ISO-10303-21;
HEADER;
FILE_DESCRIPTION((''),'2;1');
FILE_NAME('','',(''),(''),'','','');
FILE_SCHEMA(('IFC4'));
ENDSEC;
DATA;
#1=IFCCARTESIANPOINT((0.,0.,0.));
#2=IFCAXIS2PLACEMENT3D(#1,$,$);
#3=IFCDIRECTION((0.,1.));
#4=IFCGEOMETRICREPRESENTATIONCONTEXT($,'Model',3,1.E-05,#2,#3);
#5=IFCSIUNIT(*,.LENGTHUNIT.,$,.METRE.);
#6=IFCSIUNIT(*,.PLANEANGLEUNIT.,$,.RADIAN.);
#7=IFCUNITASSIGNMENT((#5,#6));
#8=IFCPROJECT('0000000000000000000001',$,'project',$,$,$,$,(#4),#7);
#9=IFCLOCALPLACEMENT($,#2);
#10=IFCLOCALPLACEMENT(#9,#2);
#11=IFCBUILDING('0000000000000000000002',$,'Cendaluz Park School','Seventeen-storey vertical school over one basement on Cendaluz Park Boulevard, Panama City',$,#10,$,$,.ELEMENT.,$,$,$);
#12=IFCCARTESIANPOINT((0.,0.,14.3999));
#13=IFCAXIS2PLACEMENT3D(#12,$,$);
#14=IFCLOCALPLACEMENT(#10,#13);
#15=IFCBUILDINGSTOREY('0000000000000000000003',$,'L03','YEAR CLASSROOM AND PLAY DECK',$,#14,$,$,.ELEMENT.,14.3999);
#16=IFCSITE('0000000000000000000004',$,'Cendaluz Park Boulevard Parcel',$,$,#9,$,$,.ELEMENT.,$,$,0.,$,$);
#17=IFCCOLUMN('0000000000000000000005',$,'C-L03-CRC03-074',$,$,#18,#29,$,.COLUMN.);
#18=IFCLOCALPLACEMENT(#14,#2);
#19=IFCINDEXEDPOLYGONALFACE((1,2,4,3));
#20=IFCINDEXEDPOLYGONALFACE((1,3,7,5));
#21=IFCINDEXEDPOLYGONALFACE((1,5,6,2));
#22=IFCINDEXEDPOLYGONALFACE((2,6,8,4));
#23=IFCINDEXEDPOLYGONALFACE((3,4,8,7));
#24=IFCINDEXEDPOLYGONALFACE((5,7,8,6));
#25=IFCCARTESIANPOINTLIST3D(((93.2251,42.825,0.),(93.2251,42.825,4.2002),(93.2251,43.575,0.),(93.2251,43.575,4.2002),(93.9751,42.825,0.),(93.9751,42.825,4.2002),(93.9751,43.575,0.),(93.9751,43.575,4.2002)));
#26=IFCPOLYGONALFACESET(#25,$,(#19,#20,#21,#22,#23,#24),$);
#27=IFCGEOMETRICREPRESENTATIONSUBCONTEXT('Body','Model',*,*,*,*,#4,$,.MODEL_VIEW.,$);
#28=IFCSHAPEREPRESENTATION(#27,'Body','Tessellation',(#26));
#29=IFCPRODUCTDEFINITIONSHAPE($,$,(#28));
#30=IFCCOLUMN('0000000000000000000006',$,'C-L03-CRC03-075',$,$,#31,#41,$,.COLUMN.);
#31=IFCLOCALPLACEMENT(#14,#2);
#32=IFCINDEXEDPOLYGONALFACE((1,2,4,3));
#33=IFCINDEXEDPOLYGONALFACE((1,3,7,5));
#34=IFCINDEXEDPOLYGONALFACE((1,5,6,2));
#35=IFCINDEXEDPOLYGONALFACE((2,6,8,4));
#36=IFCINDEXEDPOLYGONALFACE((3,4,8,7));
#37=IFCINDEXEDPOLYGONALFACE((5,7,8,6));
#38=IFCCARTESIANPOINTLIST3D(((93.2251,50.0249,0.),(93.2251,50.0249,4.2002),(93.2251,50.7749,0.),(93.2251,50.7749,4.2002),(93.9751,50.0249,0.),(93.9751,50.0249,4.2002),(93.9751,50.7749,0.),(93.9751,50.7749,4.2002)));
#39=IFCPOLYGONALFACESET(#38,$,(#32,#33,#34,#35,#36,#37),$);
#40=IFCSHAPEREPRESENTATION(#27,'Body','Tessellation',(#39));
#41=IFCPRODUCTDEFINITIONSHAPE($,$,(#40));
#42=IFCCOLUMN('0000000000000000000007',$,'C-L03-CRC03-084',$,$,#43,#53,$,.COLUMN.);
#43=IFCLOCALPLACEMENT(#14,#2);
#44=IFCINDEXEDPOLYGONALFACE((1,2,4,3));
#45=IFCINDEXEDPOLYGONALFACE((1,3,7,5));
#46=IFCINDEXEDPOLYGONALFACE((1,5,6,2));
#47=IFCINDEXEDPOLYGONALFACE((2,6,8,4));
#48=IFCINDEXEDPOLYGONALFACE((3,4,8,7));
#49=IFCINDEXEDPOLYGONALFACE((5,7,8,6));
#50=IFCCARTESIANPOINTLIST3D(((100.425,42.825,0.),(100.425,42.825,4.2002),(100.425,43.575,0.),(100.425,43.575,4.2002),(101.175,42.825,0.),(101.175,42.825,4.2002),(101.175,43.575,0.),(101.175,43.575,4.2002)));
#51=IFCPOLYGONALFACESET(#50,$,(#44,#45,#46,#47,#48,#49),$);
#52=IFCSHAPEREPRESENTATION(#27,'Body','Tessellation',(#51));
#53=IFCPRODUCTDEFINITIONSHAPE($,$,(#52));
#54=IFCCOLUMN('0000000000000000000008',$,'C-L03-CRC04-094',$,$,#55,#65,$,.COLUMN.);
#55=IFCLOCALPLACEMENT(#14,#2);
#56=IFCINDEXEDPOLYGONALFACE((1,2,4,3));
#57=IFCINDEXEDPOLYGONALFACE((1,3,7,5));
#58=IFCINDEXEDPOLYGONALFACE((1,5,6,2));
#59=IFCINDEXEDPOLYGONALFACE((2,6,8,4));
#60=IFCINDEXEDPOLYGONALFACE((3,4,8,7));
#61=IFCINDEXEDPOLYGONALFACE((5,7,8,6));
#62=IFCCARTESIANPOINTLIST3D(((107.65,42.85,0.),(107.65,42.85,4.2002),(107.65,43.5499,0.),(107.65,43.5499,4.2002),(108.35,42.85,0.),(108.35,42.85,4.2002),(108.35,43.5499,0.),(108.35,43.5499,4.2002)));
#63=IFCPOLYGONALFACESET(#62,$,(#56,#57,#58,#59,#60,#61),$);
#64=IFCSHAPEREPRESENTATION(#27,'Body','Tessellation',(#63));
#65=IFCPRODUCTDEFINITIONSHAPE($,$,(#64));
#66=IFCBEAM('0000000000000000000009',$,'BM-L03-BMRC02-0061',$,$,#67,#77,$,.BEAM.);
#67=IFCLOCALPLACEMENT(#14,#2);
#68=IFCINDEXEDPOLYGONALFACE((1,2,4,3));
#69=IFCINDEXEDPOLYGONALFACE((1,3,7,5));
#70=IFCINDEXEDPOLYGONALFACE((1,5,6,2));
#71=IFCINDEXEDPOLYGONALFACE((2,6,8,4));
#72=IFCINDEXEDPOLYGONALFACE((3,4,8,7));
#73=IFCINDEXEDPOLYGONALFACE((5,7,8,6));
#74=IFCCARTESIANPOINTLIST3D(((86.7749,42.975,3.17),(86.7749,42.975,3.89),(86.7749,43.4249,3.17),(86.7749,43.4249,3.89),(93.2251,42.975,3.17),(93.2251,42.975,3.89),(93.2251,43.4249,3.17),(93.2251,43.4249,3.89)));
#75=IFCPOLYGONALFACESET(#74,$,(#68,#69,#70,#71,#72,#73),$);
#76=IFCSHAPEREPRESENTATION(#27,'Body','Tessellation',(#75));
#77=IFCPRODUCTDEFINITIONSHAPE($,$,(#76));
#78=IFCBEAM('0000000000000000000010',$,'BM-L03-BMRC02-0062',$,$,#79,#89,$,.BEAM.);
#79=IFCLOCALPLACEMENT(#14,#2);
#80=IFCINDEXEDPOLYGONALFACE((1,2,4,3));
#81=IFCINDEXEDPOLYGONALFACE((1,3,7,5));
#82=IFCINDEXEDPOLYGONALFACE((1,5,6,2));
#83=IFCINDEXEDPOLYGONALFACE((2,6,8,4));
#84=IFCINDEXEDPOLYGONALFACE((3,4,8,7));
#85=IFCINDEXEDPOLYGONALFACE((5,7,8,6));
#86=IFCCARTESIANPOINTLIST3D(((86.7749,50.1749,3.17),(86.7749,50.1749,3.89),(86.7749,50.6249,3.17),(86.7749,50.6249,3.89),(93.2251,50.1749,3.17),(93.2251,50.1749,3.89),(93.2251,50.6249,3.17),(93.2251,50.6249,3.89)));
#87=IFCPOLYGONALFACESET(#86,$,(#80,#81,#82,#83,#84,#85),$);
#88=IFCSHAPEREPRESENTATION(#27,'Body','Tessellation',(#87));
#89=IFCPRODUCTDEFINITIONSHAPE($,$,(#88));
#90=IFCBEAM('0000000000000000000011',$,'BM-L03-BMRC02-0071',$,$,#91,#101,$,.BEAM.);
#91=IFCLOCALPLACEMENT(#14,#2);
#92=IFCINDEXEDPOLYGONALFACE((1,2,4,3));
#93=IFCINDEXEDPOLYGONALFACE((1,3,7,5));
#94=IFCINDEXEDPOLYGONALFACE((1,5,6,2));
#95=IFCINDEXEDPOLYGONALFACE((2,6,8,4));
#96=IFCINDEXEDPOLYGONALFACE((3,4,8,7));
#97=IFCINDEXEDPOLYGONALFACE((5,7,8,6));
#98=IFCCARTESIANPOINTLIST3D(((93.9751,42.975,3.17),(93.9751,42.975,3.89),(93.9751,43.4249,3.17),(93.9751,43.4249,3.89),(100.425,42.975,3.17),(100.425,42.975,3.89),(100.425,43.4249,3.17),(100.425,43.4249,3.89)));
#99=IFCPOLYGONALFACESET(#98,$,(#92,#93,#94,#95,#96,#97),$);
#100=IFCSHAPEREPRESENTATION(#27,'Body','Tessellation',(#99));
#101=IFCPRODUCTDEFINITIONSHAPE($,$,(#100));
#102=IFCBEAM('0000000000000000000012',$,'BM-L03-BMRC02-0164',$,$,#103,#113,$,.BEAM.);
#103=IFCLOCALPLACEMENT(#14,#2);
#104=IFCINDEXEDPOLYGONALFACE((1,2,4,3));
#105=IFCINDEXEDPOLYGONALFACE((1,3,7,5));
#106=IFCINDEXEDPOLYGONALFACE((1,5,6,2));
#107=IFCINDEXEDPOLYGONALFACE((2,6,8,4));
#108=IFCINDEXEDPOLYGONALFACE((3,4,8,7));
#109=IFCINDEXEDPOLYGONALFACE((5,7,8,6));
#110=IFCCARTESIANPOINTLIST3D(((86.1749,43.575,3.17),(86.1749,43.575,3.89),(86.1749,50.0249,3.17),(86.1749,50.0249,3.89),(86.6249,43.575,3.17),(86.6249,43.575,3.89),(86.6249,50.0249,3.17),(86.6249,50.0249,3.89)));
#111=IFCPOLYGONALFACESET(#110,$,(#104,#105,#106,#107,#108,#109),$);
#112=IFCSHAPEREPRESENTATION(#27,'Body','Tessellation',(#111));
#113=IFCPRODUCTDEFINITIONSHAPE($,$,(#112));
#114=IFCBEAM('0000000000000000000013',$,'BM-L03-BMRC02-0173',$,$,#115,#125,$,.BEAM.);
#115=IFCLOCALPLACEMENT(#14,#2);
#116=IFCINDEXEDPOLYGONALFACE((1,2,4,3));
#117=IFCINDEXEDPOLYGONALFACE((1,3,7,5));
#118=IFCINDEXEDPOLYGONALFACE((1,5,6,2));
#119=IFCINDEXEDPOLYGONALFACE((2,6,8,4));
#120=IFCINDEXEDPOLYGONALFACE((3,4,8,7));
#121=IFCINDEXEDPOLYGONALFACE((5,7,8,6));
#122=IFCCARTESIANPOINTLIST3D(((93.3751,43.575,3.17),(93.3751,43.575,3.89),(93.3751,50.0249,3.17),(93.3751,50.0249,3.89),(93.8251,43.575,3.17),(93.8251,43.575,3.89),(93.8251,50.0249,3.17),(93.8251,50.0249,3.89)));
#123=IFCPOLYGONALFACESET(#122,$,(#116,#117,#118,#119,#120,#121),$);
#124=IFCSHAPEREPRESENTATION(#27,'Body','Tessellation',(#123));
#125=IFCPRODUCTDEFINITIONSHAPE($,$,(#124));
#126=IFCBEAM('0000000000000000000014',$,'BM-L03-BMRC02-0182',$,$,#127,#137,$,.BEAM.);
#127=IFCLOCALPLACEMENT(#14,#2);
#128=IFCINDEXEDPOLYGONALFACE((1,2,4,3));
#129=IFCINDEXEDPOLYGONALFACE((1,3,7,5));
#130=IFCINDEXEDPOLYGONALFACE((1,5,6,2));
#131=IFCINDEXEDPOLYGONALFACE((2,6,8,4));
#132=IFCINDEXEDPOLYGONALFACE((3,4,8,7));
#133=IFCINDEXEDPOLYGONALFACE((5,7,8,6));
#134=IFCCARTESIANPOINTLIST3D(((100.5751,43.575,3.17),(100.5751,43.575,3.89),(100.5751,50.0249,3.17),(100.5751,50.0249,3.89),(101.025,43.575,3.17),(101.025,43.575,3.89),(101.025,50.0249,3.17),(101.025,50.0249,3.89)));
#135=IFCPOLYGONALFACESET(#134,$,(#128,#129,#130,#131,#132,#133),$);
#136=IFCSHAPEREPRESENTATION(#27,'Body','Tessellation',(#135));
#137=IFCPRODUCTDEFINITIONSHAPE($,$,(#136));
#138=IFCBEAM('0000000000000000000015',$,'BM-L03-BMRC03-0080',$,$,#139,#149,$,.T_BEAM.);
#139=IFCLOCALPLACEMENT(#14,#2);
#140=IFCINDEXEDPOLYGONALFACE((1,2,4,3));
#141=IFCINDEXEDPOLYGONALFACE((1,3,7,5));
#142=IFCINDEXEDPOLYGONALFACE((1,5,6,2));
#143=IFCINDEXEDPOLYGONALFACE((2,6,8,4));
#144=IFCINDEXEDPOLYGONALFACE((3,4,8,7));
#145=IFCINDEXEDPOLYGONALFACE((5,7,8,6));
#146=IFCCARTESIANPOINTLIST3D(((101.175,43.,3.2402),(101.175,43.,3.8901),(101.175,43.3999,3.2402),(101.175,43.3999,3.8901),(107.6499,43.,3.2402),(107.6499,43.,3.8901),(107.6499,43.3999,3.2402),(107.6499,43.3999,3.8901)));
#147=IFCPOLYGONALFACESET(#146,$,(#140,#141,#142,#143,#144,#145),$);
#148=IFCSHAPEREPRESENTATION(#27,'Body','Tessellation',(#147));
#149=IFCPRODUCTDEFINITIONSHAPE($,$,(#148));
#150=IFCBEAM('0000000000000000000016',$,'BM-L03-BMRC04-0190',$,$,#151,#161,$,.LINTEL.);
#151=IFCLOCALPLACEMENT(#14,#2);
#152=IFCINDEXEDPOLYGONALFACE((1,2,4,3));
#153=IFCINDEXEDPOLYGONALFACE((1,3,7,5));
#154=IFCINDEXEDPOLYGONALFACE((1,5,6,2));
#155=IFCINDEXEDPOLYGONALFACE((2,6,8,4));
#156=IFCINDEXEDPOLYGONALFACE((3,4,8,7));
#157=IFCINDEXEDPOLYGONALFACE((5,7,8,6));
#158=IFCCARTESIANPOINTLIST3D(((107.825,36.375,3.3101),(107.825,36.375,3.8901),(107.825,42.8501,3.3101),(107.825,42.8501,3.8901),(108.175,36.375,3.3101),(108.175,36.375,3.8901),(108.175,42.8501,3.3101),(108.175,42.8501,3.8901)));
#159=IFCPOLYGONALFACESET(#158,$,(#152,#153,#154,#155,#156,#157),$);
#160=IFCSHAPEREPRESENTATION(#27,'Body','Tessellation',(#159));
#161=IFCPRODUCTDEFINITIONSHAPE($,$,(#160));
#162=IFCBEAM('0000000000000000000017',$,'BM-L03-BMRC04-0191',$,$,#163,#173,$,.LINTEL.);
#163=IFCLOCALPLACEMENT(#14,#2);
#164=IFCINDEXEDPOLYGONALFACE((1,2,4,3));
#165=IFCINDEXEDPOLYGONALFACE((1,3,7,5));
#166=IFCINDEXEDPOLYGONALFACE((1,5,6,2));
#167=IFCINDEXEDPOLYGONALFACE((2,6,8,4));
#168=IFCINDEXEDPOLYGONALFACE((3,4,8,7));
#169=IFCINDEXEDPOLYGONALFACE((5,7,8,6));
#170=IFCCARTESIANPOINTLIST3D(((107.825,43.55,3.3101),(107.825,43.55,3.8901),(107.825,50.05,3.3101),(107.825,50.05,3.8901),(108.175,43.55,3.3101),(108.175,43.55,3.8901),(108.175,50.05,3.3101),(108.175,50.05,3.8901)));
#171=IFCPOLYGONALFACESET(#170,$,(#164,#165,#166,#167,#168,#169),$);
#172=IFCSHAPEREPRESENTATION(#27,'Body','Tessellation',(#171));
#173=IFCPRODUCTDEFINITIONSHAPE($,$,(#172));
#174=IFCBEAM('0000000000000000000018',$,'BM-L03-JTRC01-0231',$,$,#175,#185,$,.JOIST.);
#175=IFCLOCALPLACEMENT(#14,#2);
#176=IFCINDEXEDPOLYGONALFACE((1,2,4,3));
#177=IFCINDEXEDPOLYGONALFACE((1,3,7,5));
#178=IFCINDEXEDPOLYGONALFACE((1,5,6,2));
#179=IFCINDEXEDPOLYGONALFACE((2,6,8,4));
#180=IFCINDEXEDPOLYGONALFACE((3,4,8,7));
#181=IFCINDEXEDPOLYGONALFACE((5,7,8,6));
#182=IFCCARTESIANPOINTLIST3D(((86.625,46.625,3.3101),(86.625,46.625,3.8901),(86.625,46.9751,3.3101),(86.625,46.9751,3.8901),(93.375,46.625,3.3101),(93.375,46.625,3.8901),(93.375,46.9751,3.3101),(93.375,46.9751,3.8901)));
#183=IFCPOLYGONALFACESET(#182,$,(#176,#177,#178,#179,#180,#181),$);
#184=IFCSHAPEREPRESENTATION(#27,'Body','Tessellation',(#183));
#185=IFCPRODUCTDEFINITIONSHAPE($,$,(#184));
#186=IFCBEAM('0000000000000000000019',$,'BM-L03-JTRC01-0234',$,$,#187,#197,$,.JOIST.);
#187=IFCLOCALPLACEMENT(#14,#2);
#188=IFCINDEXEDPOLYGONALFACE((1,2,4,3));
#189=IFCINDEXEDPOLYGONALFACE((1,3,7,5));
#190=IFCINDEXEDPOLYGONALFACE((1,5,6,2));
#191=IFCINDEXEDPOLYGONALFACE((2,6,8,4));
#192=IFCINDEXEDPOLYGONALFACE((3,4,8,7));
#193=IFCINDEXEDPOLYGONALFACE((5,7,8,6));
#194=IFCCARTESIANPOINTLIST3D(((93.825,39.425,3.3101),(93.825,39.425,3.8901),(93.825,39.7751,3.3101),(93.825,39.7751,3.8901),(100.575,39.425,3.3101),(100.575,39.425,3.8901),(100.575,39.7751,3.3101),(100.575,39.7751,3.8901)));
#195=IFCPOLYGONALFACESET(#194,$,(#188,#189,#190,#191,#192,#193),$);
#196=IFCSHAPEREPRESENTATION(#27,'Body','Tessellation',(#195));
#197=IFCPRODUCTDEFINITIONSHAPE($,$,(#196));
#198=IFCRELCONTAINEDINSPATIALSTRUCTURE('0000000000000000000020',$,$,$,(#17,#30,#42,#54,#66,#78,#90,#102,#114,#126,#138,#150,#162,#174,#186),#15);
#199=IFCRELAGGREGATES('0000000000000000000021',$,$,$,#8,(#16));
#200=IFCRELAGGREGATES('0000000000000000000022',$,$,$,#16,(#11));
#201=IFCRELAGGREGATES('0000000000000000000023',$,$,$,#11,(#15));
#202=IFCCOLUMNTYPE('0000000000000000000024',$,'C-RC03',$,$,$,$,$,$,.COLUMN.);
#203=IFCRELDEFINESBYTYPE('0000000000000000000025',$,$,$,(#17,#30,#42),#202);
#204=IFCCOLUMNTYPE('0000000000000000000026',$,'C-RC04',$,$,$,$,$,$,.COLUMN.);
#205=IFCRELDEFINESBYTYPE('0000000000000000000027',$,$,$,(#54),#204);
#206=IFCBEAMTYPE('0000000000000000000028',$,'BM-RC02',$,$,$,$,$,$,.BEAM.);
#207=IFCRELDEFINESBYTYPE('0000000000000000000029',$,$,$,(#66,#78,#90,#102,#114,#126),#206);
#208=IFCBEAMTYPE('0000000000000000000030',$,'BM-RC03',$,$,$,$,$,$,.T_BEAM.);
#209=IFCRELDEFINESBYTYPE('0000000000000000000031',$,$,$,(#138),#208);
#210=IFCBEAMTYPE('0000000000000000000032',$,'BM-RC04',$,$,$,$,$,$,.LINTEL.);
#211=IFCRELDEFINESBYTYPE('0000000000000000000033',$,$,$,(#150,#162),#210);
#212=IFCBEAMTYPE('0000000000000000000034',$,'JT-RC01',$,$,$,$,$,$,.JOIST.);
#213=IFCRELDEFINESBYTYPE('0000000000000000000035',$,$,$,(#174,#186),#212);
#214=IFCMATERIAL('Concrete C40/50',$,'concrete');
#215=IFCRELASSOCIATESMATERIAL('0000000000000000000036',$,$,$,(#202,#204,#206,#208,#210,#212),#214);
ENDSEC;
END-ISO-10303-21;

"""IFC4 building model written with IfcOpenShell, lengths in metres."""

from ifc_helpers import new_model, si_unit, direction, frame, origin, origin_2d, place, context, subcontext, project, spatial, rectangle, extrude, material, material_profile, profile_set, type_object, element, save


model = new_model("IFC4")

# Units and contexts
model_context = context("Model", 3, precision=1e-05, world=origin(), true_north=direction((0.0, 1.0)))
body_context = subcontext(model_context, "Body", "Model", "MODEL_VIEW")
ifc_project = project(units=[si_unit("LENGTHUNIT", "METRE"), si_unit("PLANEANGLEUNIT", "RADIAN")], contexts=[model_context])

# Site, building, storey
site_placement = place(None, origin())
site = spatial("IfcSite", under=ifc_project, at=site_placement, Name="Cendaluz Park Boulevard Parcel", CompositionType="ELEMENT", RefElevation=0.0)
building_placement = place(site_placement, origin())
building = spatial("IfcBuilding", under=site, at=building_placement, Name="Cendaluz Park School", Description="Seventeen-storey vertical school over one basement on Cendaluz Park Boulevard, Panama City", CompositionType="ELEMENT")
storey_placement = place(building_placement, frame((0.0, 0.0, 14.3999)))
storey = spatial("IfcBuildingStorey", under=building, at=storey_placement, Name="L03", Description="YEAR CLASSROOM AND PLAY DECK", CompositionType="ELEMENT", Elevation=14.3999)

# Columns
ifc_material_1 = material(Name="Concrete C40/50", Category="concrete")
ifc_material_profile_1 = material_profile(ifc_material_1, rectangle(XDim=0.75, YDim=0.75, at=origin_2d()), Name="RC 750x750", Category="concrete")
ifc_profile_set_1 = profile_set([ifc_material_profile_1], Name="Concrete C40/50")
column_type_1 = type_object("IfcColumnType", Name="C-RC03", PredefinedType="COLUMN", material=ifc_profile_set_1)
for number, where, z_axis, x_axis, name in (
    (1, (93.6001, 43.2, 0.0), (0.0, 0.0, 1.0), (1.0, 0.0, 0.0), "C-L03-CRC03-074"),
    (2, (93.6001, 50.3999, 0.0), (0.0, 0.0, 1.0), (1.0, 0.0, 0.0), "C-L03-CRC03-075"),
    (3, (100.8, 43.2, 0.0), (0.0, 0.0, 1.0), (1.0, 0.0, 0.0), "C-L03-CRC03-084"),
):
    element("IfcColumn", number, at=place(storey_placement, frame(where, z_axis=z_axis, x_axis=x_axis)), inside=storey, type_object=column_type_1, Name=name, PredefinedType="COLUMN", context=body_context, shape_type="SweptSolid", body=[
        extrude(rectangle(XDim=0.75, YDim=0.75, at=origin_2d()), origin(), (0.0, 0.0, 1.0), 4.2002),
    ])
ifc_material_profile_2 = material_profile(ifc_material_1, rectangle(XDim=0.7, YDim=0.7, at=origin_2d()), Name="RC 700x700", Category="concrete")
ifc_profile_set_2 = profile_set([ifc_material_profile_2], Name="Concrete C40/50")
column_type_2 = type_object("IfcColumnType", Name="C-RC04", PredefinedType="COLUMN", material=ifc_profile_set_2)
column_placement = place(storey_placement, frame((108.0, 43.2, 0.0), z_axis=(0.0, 0.0, 1.0), x_axis=(1.0, 0.0, 0.0)))
element("IfcColumn", 4, at=column_placement, inside=storey, type_object=column_type_2, Name="C-L03-CRC04-094", PredefinedType="COLUMN", context=body_context, shape_type="SweptSolid", body=[
    extrude(rectangle(XDim=0.7, YDim=0.7, at=origin_2d()), origin(), (0.0, 0.0, 1.0), 4.2002),
])

# Beams
ifc_material_profile_3 = material_profile(ifc_material_1, rectangle(XDim=0.45, YDim=0.72, at=origin_2d()), Name="RC 450x720", Category="concrete")
ifc_profile_set_3 = profile_set([ifc_material_profile_3], Name="Concrete C40/50")
beam_type_1 = type_object("IfcBeamType", Name="BM-RC02", PredefinedType="BEAM", material=ifc_profile_set_3)
for number, where, z_axis, x_axis, name in (
    (5, (86.7749, 43.2, 3.53), (1.0, 0.0, 0.0), (0.0, 1.0, 0.0), "BM-L03-BMRC02-0061"),
    (6, (86.7749, 50.3999, 3.53), (1.0, 0.0, 0.0), (0.0, 1.0, 0.0), "BM-L03-BMRC02-0062"),
):
    element("IfcBeam", number, at=place(storey_placement, frame(where, z_axis=z_axis, x_axis=x_axis)), inside=storey, type_object=beam_type_1, Name=name, PredefinedType="BEAM", context=body_context, shape_type="SweptSolid", body=[
        extrude(rectangle(XDim=0.45, YDim=0.72, at=origin_2d()), origin(), (0.0, 0.0, 1.0), 6.4502),
    ])
for number, where, z_axis, x_axis, name in (
    (7, (93.9751, 43.2, 3.53), (1.0, 0.0, 0.0), (0.0, 1.0, 0.0), "BM-L03-BMRC02-0071"),
    (8, (86.3999, 43.575, 3.53), (0.0, 1.0, 0.0), (-1.0, 0.0, 0.0), "BM-L03-BMRC02-0164"),
    (9, (93.6001, 43.575, 3.53), (0.0, 1.0, 0.0), (-1.0, 0.0, 0.0), "BM-L03-BMRC02-0173"),
    (10, (100.8, 43.575, 3.53), (0.0, 1.0, 0.0), (-1.0, 0.0, 0.0), "BM-L03-BMRC02-0182"),
):
    element("IfcBeam", number, at=place(storey_placement, frame(where, z_axis=z_axis, x_axis=x_axis)), inside=storey, type_object=beam_type_1, Name=name, PredefinedType="BEAM", context=body_context, shape_type="SweptSolid", body=[
        extrude(rectangle(XDim=0.45, YDim=0.72, at=origin_2d()), origin(), (0.0, 0.0, 1.0), 6.45),
    ])
ifc_material_profile_4 = material_profile(ifc_material_1, rectangle(XDim=0.3999, YDim=0.6499, at=origin_2d()), Name="RC 400x650", Category="concrete")
ifc_profile_set_4 = profile_set([ifc_material_profile_4], Name="Concrete C40/50")
beam_type_2 = type_object("IfcBeamType", Name="BM-RC03", PredefinedType="T_BEAM", material=ifc_profile_set_4)
beam_1_placement = place(storey_placement, frame((101.175, 43.2, 3.5652), z_axis=(1.0, 0.0, 0.0), x_axis=(0.0, 1.0, 0.0)))
element("IfcBeam", 11, at=beam_1_placement, inside=storey, type_object=beam_type_2, Name="BM-L03-BMRC03-0080", PredefinedType="T_BEAM", context=body_context, shape_type="SweptSolid", body=[
    extrude(rectangle(XDim=0.3999, YDim=0.6499, at=origin_2d()), origin(), (0.0, 0.0, 1.0), 6.4749),
])
ifc_material_profile_5 = material_profile(ifc_material_1, rectangle(XDim=0.3501, YDim=0.5801, at=origin_2d()), Name="RC 350x580", Category="concrete")
ifc_profile_set_5 = profile_set([ifc_material_profile_5], Name="Concrete C40/50")
beam_type_3 = type_object("IfcBeamType", Name="BM-RC04", PredefinedType="LINTEL", material=ifc_profile_set_5)
beam_2_placement = place(storey_placement, frame((108.0, 36.375, 3.6001), z_axis=(0.0, 1.0, 0.0), x_axis=(-1.0, 0.0, 0.0)))
element("IfcBeam", 12, at=beam_2_placement, inside=storey, type_object=beam_type_3, Name="BM-L03-BMRC04-0190", PredefinedType="LINTEL", context=body_context, shape_type="SweptSolid", body=[
    extrude(rectangle(XDim=0.3501, YDim=0.5801, at=origin_2d()), origin(), (0.0, 0.0, 1.0), 6.4751),
])
beam_3_placement = place(storey_placement, frame((108.0, 43.55, 3.6001), z_axis=(0.0, 1.0, 0.0), x_axis=(-1.0, 0.0, 0.0)))
element("IfcBeam", 13, at=beam_3_placement, inside=storey, type_object=beam_type_3, Name="BM-L03-BMRC04-0191", PredefinedType="LINTEL", context=body_context, shape_type="SweptSolid", body=[
    extrude(rectangle(XDim=0.3501, YDim=0.5801, at=origin_2d()), origin(), (0.0, 0.0, 1.0), 6.5),
])
ifc_material_profile_6 = material_profile(ifc_material_1, rectangle(XDim=0.3501, YDim=0.5801, at=origin_2d()), Name="RC 350x580", Category="concrete")
ifc_profile_set_6 = profile_set([ifc_material_profile_6], Name="Concrete C40/50")
beam_type_4 = type_object("IfcBeamType", Name="JT-RC01", PredefinedType="JOIST", material=ifc_profile_set_6)
for number, where, z_axis, x_axis, name in (
    (14, (86.625, 46.8, 3.6001), (1.0, 0.0, 0.0), (0.0, 1.0, 0.0), "BM-L03-JTRC01-0231"),
    (15, (93.825, 39.6001, 3.6001), (1.0, 0.0, 0.0), (0.0, 1.0, 0.0), "BM-L03-JTRC01-0234"),
):
    element("IfcBeam", number, at=place(storey_placement, frame(where, z_axis=z_axis, x_axis=x_axis)), inside=storey, type_object=beam_type_4, Name=name, PredefinedType="JOIST", context=body_context, shape_type="SweptSolid", body=[
        extrude(rectangle(XDim=0.3501, YDim=0.5801, at=origin_2d()), origin(), (0.0, 0.0, 1.0), 6.75),
    ])

save(model, "model.ifc")
